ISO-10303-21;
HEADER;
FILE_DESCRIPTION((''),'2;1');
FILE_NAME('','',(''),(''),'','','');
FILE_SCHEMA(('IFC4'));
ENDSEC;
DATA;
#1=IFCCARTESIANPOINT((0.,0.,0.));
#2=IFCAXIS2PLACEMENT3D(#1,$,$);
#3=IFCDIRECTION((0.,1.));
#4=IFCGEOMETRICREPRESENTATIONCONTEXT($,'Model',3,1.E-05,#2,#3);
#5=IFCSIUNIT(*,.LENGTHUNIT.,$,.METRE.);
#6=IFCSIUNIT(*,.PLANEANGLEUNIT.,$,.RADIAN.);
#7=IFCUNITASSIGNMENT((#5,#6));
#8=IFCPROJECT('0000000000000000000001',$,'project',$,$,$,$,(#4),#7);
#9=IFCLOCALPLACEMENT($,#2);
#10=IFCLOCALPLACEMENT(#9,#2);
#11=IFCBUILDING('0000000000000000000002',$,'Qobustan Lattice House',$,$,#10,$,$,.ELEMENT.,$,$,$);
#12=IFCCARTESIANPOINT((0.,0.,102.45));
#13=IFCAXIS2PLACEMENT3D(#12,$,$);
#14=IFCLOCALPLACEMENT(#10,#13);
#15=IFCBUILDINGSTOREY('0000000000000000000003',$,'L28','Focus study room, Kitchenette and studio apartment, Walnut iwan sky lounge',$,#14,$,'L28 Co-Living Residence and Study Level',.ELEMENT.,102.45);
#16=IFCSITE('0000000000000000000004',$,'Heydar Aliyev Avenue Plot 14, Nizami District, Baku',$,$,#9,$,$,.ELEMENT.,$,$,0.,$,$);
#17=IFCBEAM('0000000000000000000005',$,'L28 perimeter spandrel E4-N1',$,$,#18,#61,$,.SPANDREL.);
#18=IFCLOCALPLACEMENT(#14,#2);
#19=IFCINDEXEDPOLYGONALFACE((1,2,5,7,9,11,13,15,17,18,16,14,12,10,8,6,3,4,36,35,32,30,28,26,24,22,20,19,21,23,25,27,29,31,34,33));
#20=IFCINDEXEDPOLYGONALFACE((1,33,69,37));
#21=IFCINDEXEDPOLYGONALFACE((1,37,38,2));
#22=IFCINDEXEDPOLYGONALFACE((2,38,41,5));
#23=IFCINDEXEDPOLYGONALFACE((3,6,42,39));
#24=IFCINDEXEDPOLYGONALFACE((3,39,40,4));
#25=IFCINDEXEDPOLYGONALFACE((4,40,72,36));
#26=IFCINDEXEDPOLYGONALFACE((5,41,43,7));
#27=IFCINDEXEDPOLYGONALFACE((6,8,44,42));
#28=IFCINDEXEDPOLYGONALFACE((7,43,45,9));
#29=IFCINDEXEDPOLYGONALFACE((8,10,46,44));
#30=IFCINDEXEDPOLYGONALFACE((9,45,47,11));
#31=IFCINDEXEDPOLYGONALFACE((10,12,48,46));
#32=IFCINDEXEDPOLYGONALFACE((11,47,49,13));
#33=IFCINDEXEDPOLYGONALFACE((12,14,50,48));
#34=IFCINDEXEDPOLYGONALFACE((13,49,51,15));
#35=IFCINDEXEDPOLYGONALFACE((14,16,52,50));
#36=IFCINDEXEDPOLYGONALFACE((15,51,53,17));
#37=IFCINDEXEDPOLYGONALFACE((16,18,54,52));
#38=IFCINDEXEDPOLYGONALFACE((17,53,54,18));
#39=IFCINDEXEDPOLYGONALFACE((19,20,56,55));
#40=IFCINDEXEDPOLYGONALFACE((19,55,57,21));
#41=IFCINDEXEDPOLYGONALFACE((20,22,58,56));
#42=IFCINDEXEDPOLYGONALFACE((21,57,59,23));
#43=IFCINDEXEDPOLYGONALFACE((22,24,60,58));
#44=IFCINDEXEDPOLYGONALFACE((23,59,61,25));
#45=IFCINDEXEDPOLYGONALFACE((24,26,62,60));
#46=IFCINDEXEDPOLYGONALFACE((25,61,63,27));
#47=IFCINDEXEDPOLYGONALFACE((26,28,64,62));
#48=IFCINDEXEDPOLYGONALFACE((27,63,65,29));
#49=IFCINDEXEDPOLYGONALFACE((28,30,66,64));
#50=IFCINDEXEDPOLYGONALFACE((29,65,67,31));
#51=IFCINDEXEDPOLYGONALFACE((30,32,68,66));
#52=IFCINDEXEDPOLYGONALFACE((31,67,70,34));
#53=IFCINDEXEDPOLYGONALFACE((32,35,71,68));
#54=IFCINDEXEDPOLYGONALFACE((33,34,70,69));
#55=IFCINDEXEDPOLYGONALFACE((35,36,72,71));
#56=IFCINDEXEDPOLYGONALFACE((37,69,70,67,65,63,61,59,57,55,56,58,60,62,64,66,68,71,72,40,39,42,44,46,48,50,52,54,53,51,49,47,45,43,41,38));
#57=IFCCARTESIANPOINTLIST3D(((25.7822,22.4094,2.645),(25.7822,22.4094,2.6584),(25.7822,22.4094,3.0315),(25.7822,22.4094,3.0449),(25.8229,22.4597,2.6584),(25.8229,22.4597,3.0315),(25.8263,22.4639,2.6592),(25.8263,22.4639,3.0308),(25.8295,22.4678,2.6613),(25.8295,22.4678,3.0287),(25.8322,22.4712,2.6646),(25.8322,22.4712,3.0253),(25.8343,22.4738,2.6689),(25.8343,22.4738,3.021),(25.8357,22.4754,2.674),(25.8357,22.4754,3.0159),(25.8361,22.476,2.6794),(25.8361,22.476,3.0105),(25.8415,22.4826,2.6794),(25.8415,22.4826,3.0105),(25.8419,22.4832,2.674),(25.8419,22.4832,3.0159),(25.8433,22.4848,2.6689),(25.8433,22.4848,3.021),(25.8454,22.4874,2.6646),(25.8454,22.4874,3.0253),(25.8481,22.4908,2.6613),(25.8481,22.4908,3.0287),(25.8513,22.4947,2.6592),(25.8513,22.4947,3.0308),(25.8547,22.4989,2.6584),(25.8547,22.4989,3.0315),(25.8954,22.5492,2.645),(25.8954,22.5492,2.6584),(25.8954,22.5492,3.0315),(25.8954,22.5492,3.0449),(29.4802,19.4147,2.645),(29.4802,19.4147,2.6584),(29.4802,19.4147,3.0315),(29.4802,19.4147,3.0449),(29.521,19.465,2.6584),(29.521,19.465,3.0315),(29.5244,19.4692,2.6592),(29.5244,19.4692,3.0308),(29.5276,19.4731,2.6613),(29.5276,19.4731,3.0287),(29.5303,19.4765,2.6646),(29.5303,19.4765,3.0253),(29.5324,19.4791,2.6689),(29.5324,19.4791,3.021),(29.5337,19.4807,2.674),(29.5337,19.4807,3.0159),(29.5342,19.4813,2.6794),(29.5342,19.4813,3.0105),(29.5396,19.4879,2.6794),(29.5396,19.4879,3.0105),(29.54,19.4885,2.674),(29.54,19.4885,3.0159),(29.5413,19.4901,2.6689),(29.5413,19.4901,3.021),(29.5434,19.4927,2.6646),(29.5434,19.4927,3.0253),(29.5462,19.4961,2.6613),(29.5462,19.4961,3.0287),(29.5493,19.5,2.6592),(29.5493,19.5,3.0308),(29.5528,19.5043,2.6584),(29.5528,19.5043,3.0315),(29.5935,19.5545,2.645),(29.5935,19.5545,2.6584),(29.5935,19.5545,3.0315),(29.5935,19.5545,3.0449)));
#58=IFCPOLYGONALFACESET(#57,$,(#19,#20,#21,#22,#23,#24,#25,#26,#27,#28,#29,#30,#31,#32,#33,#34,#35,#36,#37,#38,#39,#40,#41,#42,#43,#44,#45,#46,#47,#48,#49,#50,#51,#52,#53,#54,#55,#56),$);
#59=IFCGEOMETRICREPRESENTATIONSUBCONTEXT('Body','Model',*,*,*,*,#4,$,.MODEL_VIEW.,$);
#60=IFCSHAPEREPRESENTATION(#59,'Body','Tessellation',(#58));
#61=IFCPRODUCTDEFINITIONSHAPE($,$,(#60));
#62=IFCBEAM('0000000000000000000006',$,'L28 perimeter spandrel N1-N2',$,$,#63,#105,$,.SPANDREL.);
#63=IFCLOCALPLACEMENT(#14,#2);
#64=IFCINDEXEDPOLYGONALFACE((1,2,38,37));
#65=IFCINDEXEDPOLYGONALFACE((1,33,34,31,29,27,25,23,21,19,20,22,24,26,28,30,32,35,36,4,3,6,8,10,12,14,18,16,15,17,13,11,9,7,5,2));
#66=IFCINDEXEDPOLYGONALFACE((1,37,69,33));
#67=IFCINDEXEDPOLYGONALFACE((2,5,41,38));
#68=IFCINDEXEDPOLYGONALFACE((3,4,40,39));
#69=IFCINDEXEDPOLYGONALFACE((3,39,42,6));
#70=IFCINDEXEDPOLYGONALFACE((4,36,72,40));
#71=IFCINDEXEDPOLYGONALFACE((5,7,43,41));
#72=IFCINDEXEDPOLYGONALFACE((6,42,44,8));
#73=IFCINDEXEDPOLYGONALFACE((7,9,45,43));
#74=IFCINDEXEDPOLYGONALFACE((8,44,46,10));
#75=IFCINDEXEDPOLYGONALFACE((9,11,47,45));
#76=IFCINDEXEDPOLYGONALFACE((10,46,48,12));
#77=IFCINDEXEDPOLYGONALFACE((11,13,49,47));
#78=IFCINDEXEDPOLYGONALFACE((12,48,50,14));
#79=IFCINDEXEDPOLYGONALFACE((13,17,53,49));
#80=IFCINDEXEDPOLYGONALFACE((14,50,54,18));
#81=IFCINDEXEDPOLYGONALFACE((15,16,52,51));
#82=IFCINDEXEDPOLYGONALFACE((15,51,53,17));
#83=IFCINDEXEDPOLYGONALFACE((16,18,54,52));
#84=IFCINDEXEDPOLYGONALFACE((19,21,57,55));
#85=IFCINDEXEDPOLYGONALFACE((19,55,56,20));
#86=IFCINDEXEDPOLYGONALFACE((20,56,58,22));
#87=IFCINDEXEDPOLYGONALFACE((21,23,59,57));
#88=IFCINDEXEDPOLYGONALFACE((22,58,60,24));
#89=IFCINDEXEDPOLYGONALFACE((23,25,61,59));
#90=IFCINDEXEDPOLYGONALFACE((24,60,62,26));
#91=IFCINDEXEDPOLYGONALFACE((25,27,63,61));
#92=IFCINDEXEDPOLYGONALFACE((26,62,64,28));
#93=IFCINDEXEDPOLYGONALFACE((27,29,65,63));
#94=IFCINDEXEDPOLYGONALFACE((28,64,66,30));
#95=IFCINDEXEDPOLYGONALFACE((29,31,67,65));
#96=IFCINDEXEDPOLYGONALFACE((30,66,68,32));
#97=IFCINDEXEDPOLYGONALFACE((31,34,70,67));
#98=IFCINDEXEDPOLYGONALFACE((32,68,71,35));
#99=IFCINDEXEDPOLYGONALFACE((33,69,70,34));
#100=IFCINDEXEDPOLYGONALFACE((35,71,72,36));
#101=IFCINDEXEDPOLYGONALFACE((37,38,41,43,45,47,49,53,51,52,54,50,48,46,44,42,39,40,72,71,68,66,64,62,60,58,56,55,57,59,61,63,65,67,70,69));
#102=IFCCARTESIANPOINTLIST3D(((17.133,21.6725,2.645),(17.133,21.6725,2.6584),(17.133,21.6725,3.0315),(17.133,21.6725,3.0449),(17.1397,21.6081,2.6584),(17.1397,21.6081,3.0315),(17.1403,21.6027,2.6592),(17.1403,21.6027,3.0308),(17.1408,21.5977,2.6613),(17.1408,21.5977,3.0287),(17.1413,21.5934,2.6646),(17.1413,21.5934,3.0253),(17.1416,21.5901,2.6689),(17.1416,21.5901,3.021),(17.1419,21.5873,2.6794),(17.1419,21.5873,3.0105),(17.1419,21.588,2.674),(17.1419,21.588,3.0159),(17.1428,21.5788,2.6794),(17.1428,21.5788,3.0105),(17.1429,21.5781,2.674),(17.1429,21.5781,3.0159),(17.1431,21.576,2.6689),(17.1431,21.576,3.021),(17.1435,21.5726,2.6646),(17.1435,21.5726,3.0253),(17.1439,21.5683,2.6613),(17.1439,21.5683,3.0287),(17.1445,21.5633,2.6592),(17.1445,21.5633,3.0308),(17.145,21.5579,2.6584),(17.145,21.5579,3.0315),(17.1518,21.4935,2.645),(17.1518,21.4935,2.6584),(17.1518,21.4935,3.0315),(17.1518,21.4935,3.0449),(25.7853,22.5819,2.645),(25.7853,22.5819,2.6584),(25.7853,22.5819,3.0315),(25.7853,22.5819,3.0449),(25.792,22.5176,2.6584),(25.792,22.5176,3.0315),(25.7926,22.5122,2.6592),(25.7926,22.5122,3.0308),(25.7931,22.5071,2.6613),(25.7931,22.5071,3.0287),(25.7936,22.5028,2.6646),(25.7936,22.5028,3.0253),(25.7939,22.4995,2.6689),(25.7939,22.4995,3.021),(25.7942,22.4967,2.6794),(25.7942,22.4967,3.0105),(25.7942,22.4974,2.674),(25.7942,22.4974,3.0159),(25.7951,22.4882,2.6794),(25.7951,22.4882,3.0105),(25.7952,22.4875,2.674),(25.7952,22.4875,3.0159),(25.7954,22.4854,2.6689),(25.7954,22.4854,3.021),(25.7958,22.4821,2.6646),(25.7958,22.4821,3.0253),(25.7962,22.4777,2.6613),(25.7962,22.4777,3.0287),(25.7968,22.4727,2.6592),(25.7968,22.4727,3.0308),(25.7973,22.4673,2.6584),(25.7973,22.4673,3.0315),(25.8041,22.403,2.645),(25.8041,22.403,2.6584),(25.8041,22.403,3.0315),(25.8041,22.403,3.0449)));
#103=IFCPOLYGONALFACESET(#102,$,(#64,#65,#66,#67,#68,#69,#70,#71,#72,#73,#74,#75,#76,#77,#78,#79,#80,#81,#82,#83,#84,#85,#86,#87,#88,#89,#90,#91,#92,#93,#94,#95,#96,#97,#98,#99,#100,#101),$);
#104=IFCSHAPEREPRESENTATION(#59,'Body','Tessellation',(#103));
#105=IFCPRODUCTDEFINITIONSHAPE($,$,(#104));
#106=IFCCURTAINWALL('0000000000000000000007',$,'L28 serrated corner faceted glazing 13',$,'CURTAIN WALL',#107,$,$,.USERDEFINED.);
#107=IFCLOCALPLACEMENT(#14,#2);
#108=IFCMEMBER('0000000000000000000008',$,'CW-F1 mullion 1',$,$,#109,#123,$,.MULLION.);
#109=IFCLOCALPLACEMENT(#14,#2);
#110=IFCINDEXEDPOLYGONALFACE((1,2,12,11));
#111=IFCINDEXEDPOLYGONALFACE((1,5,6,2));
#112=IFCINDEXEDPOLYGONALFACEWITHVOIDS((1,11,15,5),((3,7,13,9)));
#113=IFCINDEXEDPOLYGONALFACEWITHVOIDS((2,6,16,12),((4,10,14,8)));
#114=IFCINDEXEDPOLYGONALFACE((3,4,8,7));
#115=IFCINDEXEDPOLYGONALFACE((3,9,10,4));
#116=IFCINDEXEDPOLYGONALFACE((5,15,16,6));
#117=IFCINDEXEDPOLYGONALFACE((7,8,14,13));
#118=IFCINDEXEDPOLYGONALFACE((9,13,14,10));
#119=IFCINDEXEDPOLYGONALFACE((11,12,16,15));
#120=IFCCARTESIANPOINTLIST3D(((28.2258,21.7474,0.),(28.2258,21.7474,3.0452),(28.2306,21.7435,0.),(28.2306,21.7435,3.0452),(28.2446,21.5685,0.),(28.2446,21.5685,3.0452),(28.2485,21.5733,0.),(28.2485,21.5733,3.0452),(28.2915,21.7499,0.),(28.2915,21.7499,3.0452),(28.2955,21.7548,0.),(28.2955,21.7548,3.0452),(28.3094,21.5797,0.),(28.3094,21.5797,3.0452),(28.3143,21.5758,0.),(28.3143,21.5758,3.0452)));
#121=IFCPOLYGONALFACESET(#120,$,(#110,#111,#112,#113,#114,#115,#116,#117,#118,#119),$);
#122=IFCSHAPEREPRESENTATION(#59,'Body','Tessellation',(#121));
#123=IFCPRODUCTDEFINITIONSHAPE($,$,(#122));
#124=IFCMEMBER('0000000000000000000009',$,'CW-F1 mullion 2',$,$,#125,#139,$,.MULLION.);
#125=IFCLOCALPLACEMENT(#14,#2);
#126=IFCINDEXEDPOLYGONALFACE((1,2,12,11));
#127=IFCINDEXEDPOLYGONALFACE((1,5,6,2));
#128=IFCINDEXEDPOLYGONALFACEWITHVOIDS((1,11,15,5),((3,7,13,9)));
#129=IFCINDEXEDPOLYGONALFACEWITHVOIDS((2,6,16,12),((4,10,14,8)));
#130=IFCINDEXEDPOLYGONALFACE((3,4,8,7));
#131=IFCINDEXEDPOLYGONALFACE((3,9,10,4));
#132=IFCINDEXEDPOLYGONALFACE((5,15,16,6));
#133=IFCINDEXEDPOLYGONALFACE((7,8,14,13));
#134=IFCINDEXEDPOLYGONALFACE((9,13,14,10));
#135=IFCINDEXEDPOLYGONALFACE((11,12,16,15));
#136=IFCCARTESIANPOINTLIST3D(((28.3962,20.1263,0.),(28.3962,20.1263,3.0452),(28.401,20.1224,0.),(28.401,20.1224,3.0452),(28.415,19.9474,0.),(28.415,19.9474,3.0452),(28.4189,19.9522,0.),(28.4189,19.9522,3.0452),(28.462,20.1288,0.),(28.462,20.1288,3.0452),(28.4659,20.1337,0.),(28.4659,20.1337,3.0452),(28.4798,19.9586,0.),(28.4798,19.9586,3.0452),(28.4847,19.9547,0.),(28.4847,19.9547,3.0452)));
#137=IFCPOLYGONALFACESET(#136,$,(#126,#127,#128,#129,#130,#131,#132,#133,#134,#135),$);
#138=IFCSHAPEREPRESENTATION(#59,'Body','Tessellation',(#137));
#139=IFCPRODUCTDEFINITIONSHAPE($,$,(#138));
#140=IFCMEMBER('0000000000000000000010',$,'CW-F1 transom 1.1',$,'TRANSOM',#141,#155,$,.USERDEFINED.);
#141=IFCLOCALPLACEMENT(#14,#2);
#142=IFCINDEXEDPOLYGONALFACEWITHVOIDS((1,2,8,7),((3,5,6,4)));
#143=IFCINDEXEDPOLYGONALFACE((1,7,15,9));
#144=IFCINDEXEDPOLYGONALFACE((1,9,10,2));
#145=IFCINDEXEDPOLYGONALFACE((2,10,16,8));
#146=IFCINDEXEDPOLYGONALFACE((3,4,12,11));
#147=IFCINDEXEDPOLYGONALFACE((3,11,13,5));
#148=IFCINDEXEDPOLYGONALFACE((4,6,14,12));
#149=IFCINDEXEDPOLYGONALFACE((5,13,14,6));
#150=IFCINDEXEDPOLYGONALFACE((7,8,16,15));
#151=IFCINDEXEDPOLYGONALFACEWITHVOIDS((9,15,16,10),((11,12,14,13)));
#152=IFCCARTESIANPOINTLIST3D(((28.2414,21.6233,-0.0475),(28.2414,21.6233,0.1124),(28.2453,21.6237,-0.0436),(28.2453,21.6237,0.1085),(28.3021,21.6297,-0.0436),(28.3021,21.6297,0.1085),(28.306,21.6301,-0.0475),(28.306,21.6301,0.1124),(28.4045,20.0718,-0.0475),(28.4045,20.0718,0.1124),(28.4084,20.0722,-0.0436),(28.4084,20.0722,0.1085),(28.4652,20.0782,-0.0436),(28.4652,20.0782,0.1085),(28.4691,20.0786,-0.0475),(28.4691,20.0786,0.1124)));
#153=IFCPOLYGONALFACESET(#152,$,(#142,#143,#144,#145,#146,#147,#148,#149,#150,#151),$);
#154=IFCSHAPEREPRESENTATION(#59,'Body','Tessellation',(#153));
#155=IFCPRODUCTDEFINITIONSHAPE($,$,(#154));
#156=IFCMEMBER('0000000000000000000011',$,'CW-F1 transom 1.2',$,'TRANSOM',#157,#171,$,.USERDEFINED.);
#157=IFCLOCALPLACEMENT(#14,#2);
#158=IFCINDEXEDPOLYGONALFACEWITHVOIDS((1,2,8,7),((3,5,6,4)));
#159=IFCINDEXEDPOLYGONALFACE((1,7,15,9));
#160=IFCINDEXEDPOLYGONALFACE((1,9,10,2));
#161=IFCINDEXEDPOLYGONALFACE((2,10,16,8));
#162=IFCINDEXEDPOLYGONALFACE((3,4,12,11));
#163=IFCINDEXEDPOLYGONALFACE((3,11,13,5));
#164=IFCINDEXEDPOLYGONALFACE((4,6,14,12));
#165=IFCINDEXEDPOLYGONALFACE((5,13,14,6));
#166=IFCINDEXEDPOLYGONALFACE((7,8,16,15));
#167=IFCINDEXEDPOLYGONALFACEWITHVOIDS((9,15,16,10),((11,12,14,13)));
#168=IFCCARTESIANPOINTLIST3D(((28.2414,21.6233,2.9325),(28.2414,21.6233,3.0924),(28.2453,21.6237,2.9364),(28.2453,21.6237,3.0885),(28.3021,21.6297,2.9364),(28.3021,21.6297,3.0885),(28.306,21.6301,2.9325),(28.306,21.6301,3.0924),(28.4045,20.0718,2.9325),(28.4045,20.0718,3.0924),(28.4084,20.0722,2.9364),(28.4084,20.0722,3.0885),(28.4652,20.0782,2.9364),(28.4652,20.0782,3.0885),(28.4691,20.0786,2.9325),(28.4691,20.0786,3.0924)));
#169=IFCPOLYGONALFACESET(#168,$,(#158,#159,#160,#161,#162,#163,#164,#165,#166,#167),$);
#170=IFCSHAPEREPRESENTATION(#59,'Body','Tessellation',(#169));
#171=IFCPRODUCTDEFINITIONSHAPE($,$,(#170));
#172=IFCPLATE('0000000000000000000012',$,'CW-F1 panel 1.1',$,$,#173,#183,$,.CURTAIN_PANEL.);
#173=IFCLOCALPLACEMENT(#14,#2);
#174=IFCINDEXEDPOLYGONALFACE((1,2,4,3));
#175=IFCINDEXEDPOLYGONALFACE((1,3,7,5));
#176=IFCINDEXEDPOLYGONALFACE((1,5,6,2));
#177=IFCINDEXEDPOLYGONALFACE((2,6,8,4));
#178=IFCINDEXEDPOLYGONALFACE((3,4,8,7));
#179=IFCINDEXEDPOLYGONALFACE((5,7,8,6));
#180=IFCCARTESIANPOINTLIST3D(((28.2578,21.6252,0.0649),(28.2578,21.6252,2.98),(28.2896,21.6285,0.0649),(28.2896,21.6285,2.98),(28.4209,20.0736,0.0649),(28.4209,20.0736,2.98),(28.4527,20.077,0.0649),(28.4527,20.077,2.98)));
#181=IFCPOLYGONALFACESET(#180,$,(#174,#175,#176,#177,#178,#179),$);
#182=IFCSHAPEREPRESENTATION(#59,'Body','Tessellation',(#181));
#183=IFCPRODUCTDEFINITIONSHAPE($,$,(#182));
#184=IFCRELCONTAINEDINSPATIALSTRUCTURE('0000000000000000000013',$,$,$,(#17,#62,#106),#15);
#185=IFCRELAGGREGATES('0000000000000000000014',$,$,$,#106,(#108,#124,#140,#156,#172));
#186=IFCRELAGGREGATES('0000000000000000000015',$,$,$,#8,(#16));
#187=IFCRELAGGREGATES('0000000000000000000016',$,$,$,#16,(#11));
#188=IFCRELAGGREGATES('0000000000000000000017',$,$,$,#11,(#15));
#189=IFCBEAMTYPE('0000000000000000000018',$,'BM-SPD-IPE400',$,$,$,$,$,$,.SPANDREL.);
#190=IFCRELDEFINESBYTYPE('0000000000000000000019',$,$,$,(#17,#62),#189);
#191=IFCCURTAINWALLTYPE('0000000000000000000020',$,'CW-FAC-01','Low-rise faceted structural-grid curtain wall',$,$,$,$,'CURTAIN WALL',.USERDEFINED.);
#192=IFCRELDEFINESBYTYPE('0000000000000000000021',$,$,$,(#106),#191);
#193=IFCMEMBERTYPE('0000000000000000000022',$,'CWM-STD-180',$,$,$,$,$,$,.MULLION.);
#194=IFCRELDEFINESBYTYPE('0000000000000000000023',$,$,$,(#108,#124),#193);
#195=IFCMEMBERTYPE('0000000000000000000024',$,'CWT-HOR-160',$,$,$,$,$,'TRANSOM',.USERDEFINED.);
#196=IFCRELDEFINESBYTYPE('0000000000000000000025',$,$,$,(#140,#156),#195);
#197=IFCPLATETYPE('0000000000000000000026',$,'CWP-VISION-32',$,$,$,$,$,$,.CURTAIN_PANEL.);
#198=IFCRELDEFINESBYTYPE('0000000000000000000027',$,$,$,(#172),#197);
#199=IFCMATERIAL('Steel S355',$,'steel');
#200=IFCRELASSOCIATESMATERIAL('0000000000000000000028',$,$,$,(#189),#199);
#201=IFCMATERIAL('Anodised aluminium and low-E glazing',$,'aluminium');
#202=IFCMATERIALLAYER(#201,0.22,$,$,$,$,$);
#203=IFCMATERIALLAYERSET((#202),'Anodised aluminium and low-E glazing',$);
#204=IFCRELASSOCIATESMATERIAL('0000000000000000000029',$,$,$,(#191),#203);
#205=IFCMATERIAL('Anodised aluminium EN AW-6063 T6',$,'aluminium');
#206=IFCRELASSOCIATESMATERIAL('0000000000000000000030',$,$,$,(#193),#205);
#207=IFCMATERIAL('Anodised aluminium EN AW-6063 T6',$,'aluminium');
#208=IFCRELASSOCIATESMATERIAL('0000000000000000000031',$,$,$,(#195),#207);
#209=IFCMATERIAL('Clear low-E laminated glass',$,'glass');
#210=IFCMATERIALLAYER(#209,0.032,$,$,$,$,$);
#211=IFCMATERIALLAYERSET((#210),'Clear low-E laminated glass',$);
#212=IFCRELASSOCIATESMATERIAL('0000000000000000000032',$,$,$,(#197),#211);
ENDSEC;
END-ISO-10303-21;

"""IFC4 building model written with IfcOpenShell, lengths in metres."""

from ifc_helpers import new_model, si_unit, direction, frame, origin, origin_2d, place, context, subcontext, project, spatial, rectangle, hollow_rectangle, i_section, extrude, material, layer, layer_set, material_profile, profile_set, type_object, element, aggregate, save


model = new_model("IFC4")

# Units and contexts
model_context = context("Model", 3, precision=1e-05, world=origin(), true_north=direction((0.0, 1.0)))
body_context = subcontext(model_context, "Body", "Model", "MODEL_VIEW")
ifc_project = project(units=[si_unit("LENGTHUNIT", "METRE"), si_unit("PLANEANGLEUNIT", "RADIAN")], contexts=[model_context])

# Site, building, storey
site_placement = place(None, origin())
site = spatial("IfcSite", under=ifc_project, at=site_placement, Name="Heydar Aliyev Avenue Plot 14, Nizami District, Baku", CompositionType="ELEMENT", RefElevation=0.0)
building_placement = place(site_placement, origin())
building = spatial("IfcBuilding", under=site, at=building_placement, Name="Qobustan Lattice House", CompositionType="ELEMENT")
storey_placement = place(building_placement, frame((0.0, 0.0, 102.45)))
storey = spatial("IfcBuildingStorey", under=building, at=storey_placement, Name="L28", Description="Focus study room, Kitchenette and studio apartment, Walnut iwan sky lounge", LongName="L28 Co-Living Residence and Study Level", CompositionType="ELEMENT", Elevation=102.45)

# Beams
ifc_material_1 = material(Name="Steel S355", Category="steel")
ifc_material_profile_1 = material_profile(ifc_material_1, i_section(OverallWidth=0.1799, OverallDepth=0.3999, WebThickness=0.0085, FlangeThickness=0.0134, FilletRadius=0.021, at=origin_2d()), Name="IPE400")
ifc_profile_set_1 = profile_set([ifc_material_profile_1], Name="Steel S355")
beam_type_1 = type_object("IfcBeamType", Name="BM-SPD-IPE400", PredefinedType="SPANDREL", material=ifc_profile_set_1)
beam_1_placement = place(storey_placement, frame((29.5369, 19.4846, 2.845), z_axis=(-0.777141, 0.629327, 0.0), x_axis=(-0.629327, -0.777141, 0.0)))
element("IfcBeam", 1, at=beam_1_placement, inside=storey, type_object=beam_type_1, Name="L28 perimeter spandrel E4-N1", PredefinedType="SPANDREL", context=body_context, shape_type="SweptSolid", body=[
    extrude(i_section(OverallWidth=0.1799, OverallDepth=0.3999, WebThickness=0.0085, FlangeThickness=0.0134, FilletRadius=0.021, at=origin_2d()), origin(), (0.0, 0.0, 1.0), 4.7585),
])
beam_2_placement = place(storey_placement, frame((25.7947, 22.4924, 2.845), z_axis=(-0.994522, -0.104531, 0.0), x_axis=(0.104531, -0.994522, 0.0)))
element("IfcBeam", 2, at=beam_2_placement, inside=storey, type_object=beam_type_1, Name="L28 perimeter spandrel N1-N2", PredefinedType="SPANDREL", context=body_context, shape_type="SweptSolid", body=[
    extrude(i_section(OverallWidth=0.1799, OverallDepth=0.3999, WebThickness=0.0085, FlangeThickness=0.0134, FilletRadius=0.021, at=origin_2d()), origin(), (0.0, 0.0, 1.0), 8.7),
])

# Curtain wall, members, plate
ifc_material_2 = material(Name="Anodised aluminium and low-E glazing", Category="aluminium")
ifc_layer_1 = layer(ifc_material_2, 0.22)
ifc_layer_set_1 = layer_set([ifc_layer_1], Name="Anodised aluminium and low-E glazing")
curtain_wall_type = type_object("IfcCurtainWallType", Name="CW-FAC-01", Description="Low-rise faceted structural-grid curtain wall", ElementType="CURTAIN WALL", PredefinedType="USERDEFINED", material=ifc_layer_set_1)
curtain_wall_placement = place(storey_placement, origin())
curtain_wall = element("IfcCurtainWall", 3, at=curtain_wall_placement, inside=storey, type_object=curtain_wall_type, Name="L28 serrated corner faceted glazing 13", ObjectType="CURTAIN WALL", PredefinedType="USERDEFINED")
ifc_material_3 = material(Name="Anodised aluminium EN AW-6063 T6", Category="aluminium")
ifc_material_profile_2 = material_profile(ifc_material_3, hollow_rectangle(XDim=0.0701, YDim=0.1799, WallThickness=0.0044, at=origin_2d()), Name="CWM-180x70")
ifc_profile_set_2 = profile_set([ifc_material_profile_2], Name="Anodised aluminium EN AW-6063 T6")
member_type_1 = type_object("IfcMemberType", Name="CWM-STD-180", PredefinedType="MULLION", material=ifc_profile_set_2)
member_1_placement = place(storey_placement, frame((28.27, 21.6616, 0.0), z_axis=(0.0, 0.0, 1.0), x_axis=(0.994522, 0.104529, 0.0)))
member_1 = element("IfcMember", 4, at=member_1_placement, type_object=member_type_1, Name="CW-F1 mullion 1", PredefinedType="MULLION", context=body_context, shape_type="SweptSolid", body=[
    extrude(hollow_rectangle(XDim=0.0701, YDim=0.1799, WallThickness=0.0044, at=origin_2d()), origin(), (0.0, 0.0, 1.0), 3.0452),
])
member_2_placement = place(storey_placement, frame((28.4404, 20.0405, 0.0), z_axis=(0.0, 0.0, 1.0), x_axis=(0.994522, 0.104529, 0.0)))
member_2 = element("IfcMember", 5, at=member_2_placement, type_object=member_type_1, Name="CW-F1 mullion 2", PredefinedType="MULLION", context=body_context, shape_type="SweptSolid", body=[
    extrude(hollow_rectangle(XDim=0.0701, YDim=0.1799, WallThickness=0.0044, at=origin_2d()), origin(), (0.0, 0.0, 1.0), 3.0452),
])
ifc_material_4 = material(Name="Anodised aluminium EN AW-6063 T6", Category="aluminium")
ifc_material_profile_3 = material_profile(ifc_material_4, hollow_rectangle(XDim=0.0649, YDim=0.1599, WallThickness=0.0039, at=origin_2d()), Name="CWT-160x65")
ifc_profile_set_3 = profile_set([ifc_material_profile_3], Name="Anodised aluminium EN AW-6063 T6")
member_type_2 = type_object("IfcMemberType", Name="CWT-HOR-160", ElementType="TRANSOM", PredefinedType="USERDEFINED", material=ifc_profile_set_3)
member_3_placement = place(storey_placement, frame((28.2737, 21.6267, 0.0325), z_axis=(0.104538, -0.994521, 0.0), x_axis=(0.994521, 0.104538, 0.0)))
member_3 = element("IfcMember", 6, at=member_3_placement, type_object=member_type_2, Name="CW-F1 transom 1.1", ObjectType="TRANSOM", PredefinedType="USERDEFINED", context=body_context, shape_type="SweptSolid", body=[
    extrude(hollow_rectangle(XDim=0.0649, YDim=0.1599, WallThickness=0.0039, at=origin_2d()), origin(), (0.0, 0.0, 1.0), 1.5601),
])
member_4_placement = place(storey_placement, frame((28.2737, 21.6267, 3.0125), z_axis=(0.104538, -0.994521, 0.0), x_axis=(0.994521, 0.104538, 0.0)))
member_4 = element("IfcMember", 7, at=member_4_placement, type_object=member_type_2, Name="CW-F1 transom 1.2", ObjectType="TRANSOM", PredefinedType="USERDEFINED", context=body_context, shape_type="SweptSolid", body=[
    extrude(hollow_rectangle(XDim=0.0649, YDim=0.1599, WallThickness=0.0039, at=origin_2d()), origin(), (0.0, 0.0, 1.0), 1.5601),
])
ifc_material_5 = material(Name="Clear low-E laminated glass", Category="glass")
ifc_layer_2 = layer(ifc_material_5, 0.032)
ifc_layer_set_2 = layer_set([ifc_layer_2], Name="Clear low-E laminated glass")
plate_type_1 = type_object("IfcPlateType", Name="CWP-VISION-32", PredefinedType="CURTAIN_PANEL", material=ifc_layer_set_2)
plate_1_placement = place(storey_placement, frame((28.3552, 20.8511, 0.0649), z_axis=(0.0, 0.0, 1.0), x_axis=(0.104529, -0.994522, 0.0)))
plate_1 = element("IfcPlate", 8, at=plate_1_placement, type_object=plate_type_1, Name="CW-F1 panel 1.1", PredefinedType="CURTAIN_PANEL", context=body_context, shape_type="SweptSolid", body=[
    extrude(rectangle(XDim=1.5601, YDim=0.032, at=origin_2d()), origin(), (0.0, 0.0, 1.0), 2.915),
])
aggregate(curtain_wall, [member_1, member_2, member_3, member_4, plate_1])

save(model, "model.ifc")
